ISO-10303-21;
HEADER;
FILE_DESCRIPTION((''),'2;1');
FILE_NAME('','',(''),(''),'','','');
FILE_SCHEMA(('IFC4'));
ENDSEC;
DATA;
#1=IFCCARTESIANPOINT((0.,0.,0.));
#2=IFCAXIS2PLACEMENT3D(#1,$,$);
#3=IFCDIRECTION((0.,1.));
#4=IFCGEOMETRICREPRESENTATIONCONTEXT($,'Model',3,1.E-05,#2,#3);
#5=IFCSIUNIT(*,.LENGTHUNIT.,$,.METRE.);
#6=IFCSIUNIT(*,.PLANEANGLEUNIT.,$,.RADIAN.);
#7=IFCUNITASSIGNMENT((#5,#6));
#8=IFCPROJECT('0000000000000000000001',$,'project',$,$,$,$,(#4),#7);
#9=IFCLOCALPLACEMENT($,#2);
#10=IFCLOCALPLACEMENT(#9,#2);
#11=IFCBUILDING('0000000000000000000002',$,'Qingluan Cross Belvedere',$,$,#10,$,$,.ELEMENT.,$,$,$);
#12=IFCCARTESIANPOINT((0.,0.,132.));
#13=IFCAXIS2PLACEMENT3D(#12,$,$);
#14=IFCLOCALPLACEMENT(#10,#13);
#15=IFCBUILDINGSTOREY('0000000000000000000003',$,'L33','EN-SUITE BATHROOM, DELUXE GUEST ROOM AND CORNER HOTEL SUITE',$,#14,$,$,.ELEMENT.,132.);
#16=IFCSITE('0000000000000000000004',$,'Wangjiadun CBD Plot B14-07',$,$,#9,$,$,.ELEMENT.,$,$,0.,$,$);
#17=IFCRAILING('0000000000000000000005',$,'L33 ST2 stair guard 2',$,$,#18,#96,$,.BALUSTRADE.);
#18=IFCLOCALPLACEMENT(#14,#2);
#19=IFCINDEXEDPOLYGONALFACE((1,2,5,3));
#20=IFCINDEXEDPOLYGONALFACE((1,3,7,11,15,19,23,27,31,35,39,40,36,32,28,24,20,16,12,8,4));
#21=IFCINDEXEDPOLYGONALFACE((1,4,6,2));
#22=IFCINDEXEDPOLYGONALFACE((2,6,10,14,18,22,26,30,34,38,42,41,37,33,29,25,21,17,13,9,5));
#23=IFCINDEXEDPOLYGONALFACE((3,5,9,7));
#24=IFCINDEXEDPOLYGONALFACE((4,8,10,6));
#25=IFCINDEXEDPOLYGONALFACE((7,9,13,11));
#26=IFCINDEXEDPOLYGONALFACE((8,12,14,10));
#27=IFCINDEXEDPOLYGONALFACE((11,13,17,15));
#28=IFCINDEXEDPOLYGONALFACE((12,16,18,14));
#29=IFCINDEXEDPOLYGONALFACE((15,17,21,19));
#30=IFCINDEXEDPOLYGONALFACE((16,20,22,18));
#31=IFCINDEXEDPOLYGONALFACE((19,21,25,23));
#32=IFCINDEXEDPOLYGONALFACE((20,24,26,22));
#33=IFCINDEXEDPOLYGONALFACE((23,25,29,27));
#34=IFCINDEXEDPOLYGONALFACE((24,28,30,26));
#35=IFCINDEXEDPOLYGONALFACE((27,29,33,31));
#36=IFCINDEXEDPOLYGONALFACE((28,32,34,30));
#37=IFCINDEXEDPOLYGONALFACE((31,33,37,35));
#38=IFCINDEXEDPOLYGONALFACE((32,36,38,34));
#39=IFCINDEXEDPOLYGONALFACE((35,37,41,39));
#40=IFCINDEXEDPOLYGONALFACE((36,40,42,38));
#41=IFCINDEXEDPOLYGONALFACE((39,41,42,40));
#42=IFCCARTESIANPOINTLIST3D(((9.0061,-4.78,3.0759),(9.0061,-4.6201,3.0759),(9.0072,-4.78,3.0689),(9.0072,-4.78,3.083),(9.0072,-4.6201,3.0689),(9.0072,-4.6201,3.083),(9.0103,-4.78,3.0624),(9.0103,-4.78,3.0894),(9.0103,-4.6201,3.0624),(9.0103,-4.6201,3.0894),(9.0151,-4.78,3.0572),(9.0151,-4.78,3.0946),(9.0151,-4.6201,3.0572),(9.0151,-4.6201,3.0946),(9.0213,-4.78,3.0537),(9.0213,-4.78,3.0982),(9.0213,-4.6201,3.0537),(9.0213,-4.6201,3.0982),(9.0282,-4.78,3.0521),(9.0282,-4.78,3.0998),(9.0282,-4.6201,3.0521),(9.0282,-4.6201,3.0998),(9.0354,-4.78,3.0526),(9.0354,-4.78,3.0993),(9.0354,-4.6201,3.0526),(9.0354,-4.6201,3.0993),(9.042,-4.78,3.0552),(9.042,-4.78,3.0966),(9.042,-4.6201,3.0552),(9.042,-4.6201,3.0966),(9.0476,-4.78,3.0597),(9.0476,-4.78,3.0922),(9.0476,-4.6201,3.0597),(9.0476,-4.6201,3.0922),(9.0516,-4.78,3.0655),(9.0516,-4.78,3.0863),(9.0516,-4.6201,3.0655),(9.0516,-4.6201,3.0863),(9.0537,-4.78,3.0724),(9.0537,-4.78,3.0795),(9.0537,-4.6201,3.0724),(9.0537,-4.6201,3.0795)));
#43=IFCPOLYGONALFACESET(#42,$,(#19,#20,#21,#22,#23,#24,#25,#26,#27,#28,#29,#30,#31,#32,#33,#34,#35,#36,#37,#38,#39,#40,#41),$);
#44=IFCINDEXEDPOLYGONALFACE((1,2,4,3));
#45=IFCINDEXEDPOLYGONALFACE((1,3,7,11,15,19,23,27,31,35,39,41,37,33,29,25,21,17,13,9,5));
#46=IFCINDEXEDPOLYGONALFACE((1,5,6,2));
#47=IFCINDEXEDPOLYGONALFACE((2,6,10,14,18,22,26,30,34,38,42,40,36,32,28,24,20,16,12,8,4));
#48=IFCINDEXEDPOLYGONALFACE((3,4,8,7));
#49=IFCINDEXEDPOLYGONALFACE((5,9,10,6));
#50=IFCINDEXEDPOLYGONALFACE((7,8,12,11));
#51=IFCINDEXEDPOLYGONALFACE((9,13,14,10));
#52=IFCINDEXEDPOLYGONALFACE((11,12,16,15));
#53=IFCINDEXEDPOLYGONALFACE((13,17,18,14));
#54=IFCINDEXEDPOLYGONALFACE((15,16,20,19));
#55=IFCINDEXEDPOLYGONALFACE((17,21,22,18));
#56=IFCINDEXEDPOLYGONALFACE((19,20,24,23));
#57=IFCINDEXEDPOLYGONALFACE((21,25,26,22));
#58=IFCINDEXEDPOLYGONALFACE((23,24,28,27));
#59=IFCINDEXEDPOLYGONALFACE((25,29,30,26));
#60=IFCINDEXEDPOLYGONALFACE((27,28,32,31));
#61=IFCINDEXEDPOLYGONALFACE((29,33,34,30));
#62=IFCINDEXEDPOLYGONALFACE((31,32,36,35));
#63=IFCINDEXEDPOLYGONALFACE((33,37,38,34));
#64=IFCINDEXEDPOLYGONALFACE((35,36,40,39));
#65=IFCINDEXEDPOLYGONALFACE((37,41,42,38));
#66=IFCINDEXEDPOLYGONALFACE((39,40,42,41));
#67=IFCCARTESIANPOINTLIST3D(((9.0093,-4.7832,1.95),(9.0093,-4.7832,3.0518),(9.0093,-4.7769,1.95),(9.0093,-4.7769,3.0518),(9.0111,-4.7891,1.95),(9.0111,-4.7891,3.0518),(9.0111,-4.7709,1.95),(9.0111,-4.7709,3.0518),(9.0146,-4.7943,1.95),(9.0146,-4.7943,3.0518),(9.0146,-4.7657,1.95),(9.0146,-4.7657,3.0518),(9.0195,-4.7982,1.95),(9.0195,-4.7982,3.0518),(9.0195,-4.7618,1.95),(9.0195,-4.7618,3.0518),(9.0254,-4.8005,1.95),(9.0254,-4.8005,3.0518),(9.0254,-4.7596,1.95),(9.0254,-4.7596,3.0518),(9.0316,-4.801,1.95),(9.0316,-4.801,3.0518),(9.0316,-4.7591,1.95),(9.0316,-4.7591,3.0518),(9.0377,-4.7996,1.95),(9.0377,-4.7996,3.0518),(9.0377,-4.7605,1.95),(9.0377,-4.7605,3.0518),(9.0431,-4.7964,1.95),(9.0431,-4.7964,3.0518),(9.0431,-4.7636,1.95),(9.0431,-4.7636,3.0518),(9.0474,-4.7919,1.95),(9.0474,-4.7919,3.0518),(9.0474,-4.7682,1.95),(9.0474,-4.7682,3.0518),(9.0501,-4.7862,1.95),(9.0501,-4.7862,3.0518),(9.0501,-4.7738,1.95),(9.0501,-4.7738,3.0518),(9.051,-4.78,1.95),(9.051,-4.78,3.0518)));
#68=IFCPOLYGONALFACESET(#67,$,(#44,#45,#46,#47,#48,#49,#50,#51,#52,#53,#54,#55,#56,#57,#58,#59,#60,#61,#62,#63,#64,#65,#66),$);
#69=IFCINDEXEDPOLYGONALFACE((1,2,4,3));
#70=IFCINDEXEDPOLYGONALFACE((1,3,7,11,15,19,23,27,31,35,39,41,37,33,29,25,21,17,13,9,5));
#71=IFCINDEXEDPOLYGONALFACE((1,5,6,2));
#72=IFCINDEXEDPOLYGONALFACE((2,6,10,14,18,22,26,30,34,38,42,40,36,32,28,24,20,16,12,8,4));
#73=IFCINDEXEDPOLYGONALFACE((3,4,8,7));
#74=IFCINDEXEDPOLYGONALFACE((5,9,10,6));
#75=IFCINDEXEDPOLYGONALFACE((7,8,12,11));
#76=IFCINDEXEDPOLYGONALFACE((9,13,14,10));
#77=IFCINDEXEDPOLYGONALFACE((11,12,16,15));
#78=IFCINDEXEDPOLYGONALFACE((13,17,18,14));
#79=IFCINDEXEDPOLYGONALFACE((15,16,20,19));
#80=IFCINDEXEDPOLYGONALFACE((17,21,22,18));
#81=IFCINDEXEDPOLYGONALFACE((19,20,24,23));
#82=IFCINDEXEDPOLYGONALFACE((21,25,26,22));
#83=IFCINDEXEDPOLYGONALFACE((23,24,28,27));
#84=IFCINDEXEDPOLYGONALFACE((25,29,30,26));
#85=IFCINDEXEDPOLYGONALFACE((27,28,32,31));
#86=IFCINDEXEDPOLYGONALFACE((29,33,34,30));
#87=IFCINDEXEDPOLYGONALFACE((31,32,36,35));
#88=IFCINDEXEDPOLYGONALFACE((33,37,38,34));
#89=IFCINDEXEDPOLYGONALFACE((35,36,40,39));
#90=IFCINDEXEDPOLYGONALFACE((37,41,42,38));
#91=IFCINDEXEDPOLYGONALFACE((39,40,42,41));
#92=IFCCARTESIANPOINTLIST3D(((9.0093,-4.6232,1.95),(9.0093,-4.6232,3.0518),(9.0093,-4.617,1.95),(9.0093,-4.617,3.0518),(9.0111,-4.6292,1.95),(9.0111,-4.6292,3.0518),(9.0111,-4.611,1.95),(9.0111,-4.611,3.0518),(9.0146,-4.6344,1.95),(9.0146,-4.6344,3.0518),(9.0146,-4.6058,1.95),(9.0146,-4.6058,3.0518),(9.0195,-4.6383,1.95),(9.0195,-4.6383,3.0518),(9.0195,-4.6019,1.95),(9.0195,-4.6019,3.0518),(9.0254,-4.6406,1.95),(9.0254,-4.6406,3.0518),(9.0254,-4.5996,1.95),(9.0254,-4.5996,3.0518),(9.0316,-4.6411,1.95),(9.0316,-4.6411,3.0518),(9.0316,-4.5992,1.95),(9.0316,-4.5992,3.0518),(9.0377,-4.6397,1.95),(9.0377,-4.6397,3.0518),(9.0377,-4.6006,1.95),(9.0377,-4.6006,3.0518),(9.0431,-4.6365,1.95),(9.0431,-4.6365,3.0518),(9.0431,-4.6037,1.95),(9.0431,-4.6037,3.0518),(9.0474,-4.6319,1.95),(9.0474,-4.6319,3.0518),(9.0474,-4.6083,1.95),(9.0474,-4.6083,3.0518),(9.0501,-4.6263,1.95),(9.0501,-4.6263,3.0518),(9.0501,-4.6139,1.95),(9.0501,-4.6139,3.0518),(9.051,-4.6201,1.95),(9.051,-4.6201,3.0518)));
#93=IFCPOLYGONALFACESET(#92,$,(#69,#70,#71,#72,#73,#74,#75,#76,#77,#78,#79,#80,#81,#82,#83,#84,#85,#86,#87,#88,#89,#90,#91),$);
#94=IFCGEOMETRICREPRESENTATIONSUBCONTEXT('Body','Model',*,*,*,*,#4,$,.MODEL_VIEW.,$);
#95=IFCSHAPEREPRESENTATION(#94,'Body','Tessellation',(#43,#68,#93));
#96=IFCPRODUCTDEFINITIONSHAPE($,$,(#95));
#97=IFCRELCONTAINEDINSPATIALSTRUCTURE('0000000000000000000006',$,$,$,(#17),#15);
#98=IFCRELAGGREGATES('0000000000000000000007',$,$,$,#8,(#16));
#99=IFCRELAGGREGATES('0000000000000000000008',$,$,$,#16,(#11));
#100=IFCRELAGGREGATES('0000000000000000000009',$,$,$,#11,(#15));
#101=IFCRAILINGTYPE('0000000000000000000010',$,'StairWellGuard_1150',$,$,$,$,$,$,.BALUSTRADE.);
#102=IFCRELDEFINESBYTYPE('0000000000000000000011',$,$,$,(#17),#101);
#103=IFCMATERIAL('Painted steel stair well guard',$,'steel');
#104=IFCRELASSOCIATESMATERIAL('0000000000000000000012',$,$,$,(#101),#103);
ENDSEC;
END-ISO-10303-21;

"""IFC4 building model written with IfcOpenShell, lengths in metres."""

from ifc_helpers import new_model, si_unit, direction, frame, origin, origin_2d, place, context, subcontext, project, spatial, circle, extrude, material, type_object, element, save


model = new_model("IFC4")

# Units and contexts
model_context = context("Model", 3, precision=1e-05, world=origin(), true_north=direction((0.0, 1.0)))
body_context = subcontext(model_context, "Body", "Model", "MODEL_VIEW")
ifc_project = project(units=[si_unit("LENGTHUNIT", "METRE"), si_unit("PLANEANGLEUNIT", "RADIAN")], contexts=[model_context])

# Site, building, storey
site_placement = place(None, origin())
site = spatial("IfcSite", under=ifc_project, at=site_placement, Name="Wangjiadun CBD Plot B14-07", CompositionType="ELEMENT", RefElevation=0.0)
building_placement = place(site_placement, origin())
building = spatial("IfcBuilding", under=site, at=building_placement, Name="Qingluan Cross Belvedere", CompositionType="ELEMENT")
storey_placement = place(building_placement, frame((0.0, 0.0, 132.0)))
storey = spatial("IfcBuildingStorey", under=building, at=storey_placement, Name="L33", Description="EN-SUITE BATHROOM, DELUXE GUEST ROOM AND CORNER HOTEL SUITE", CompositionType="ELEMENT", Elevation=132.0)

# Railing
ifc_material_1 = material(Name="Painted steel stair well guard", Category="steel")
railing_type_1 = type_object("IfcRailingType", Name="StairWellGuard_1150", PredefinedType="BALUSTRADE", material=ifc_material_1)
railing_1_placement = place(storey_placement, frame((9.03, -4.78, 1.95)))
element("IfcRailing", 1, at=railing_1_placement, inside=storey, type_object=railing_type_1, Name="L33 ST2 stair guard 2", PredefinedType="BALUSTRADE", context=body_context, shape_type="SweptSolid", body=[
    extrude(circle(Radius=0.0239, at=origin_2d()), frame((0.0, 0.0, 1.126), z_axis=(0.0, 1.0, 0.0), x_axis=(-1.0, 0.0, 0.0)), (0.0, 0.0, 1.0), 0.1599),
    extrude(circle(Radius=0.021, at=origin_2d()), origin(), (0.0, 0.0, 1.0), 1.1018),
    extrude(circle(Radius=0.021, at=origin_2d()), frame((0.0, 0.1599, 0.0)), (0.0, 0.0, 1.0), 1.1018),
])

save(model, "model.ifc")
